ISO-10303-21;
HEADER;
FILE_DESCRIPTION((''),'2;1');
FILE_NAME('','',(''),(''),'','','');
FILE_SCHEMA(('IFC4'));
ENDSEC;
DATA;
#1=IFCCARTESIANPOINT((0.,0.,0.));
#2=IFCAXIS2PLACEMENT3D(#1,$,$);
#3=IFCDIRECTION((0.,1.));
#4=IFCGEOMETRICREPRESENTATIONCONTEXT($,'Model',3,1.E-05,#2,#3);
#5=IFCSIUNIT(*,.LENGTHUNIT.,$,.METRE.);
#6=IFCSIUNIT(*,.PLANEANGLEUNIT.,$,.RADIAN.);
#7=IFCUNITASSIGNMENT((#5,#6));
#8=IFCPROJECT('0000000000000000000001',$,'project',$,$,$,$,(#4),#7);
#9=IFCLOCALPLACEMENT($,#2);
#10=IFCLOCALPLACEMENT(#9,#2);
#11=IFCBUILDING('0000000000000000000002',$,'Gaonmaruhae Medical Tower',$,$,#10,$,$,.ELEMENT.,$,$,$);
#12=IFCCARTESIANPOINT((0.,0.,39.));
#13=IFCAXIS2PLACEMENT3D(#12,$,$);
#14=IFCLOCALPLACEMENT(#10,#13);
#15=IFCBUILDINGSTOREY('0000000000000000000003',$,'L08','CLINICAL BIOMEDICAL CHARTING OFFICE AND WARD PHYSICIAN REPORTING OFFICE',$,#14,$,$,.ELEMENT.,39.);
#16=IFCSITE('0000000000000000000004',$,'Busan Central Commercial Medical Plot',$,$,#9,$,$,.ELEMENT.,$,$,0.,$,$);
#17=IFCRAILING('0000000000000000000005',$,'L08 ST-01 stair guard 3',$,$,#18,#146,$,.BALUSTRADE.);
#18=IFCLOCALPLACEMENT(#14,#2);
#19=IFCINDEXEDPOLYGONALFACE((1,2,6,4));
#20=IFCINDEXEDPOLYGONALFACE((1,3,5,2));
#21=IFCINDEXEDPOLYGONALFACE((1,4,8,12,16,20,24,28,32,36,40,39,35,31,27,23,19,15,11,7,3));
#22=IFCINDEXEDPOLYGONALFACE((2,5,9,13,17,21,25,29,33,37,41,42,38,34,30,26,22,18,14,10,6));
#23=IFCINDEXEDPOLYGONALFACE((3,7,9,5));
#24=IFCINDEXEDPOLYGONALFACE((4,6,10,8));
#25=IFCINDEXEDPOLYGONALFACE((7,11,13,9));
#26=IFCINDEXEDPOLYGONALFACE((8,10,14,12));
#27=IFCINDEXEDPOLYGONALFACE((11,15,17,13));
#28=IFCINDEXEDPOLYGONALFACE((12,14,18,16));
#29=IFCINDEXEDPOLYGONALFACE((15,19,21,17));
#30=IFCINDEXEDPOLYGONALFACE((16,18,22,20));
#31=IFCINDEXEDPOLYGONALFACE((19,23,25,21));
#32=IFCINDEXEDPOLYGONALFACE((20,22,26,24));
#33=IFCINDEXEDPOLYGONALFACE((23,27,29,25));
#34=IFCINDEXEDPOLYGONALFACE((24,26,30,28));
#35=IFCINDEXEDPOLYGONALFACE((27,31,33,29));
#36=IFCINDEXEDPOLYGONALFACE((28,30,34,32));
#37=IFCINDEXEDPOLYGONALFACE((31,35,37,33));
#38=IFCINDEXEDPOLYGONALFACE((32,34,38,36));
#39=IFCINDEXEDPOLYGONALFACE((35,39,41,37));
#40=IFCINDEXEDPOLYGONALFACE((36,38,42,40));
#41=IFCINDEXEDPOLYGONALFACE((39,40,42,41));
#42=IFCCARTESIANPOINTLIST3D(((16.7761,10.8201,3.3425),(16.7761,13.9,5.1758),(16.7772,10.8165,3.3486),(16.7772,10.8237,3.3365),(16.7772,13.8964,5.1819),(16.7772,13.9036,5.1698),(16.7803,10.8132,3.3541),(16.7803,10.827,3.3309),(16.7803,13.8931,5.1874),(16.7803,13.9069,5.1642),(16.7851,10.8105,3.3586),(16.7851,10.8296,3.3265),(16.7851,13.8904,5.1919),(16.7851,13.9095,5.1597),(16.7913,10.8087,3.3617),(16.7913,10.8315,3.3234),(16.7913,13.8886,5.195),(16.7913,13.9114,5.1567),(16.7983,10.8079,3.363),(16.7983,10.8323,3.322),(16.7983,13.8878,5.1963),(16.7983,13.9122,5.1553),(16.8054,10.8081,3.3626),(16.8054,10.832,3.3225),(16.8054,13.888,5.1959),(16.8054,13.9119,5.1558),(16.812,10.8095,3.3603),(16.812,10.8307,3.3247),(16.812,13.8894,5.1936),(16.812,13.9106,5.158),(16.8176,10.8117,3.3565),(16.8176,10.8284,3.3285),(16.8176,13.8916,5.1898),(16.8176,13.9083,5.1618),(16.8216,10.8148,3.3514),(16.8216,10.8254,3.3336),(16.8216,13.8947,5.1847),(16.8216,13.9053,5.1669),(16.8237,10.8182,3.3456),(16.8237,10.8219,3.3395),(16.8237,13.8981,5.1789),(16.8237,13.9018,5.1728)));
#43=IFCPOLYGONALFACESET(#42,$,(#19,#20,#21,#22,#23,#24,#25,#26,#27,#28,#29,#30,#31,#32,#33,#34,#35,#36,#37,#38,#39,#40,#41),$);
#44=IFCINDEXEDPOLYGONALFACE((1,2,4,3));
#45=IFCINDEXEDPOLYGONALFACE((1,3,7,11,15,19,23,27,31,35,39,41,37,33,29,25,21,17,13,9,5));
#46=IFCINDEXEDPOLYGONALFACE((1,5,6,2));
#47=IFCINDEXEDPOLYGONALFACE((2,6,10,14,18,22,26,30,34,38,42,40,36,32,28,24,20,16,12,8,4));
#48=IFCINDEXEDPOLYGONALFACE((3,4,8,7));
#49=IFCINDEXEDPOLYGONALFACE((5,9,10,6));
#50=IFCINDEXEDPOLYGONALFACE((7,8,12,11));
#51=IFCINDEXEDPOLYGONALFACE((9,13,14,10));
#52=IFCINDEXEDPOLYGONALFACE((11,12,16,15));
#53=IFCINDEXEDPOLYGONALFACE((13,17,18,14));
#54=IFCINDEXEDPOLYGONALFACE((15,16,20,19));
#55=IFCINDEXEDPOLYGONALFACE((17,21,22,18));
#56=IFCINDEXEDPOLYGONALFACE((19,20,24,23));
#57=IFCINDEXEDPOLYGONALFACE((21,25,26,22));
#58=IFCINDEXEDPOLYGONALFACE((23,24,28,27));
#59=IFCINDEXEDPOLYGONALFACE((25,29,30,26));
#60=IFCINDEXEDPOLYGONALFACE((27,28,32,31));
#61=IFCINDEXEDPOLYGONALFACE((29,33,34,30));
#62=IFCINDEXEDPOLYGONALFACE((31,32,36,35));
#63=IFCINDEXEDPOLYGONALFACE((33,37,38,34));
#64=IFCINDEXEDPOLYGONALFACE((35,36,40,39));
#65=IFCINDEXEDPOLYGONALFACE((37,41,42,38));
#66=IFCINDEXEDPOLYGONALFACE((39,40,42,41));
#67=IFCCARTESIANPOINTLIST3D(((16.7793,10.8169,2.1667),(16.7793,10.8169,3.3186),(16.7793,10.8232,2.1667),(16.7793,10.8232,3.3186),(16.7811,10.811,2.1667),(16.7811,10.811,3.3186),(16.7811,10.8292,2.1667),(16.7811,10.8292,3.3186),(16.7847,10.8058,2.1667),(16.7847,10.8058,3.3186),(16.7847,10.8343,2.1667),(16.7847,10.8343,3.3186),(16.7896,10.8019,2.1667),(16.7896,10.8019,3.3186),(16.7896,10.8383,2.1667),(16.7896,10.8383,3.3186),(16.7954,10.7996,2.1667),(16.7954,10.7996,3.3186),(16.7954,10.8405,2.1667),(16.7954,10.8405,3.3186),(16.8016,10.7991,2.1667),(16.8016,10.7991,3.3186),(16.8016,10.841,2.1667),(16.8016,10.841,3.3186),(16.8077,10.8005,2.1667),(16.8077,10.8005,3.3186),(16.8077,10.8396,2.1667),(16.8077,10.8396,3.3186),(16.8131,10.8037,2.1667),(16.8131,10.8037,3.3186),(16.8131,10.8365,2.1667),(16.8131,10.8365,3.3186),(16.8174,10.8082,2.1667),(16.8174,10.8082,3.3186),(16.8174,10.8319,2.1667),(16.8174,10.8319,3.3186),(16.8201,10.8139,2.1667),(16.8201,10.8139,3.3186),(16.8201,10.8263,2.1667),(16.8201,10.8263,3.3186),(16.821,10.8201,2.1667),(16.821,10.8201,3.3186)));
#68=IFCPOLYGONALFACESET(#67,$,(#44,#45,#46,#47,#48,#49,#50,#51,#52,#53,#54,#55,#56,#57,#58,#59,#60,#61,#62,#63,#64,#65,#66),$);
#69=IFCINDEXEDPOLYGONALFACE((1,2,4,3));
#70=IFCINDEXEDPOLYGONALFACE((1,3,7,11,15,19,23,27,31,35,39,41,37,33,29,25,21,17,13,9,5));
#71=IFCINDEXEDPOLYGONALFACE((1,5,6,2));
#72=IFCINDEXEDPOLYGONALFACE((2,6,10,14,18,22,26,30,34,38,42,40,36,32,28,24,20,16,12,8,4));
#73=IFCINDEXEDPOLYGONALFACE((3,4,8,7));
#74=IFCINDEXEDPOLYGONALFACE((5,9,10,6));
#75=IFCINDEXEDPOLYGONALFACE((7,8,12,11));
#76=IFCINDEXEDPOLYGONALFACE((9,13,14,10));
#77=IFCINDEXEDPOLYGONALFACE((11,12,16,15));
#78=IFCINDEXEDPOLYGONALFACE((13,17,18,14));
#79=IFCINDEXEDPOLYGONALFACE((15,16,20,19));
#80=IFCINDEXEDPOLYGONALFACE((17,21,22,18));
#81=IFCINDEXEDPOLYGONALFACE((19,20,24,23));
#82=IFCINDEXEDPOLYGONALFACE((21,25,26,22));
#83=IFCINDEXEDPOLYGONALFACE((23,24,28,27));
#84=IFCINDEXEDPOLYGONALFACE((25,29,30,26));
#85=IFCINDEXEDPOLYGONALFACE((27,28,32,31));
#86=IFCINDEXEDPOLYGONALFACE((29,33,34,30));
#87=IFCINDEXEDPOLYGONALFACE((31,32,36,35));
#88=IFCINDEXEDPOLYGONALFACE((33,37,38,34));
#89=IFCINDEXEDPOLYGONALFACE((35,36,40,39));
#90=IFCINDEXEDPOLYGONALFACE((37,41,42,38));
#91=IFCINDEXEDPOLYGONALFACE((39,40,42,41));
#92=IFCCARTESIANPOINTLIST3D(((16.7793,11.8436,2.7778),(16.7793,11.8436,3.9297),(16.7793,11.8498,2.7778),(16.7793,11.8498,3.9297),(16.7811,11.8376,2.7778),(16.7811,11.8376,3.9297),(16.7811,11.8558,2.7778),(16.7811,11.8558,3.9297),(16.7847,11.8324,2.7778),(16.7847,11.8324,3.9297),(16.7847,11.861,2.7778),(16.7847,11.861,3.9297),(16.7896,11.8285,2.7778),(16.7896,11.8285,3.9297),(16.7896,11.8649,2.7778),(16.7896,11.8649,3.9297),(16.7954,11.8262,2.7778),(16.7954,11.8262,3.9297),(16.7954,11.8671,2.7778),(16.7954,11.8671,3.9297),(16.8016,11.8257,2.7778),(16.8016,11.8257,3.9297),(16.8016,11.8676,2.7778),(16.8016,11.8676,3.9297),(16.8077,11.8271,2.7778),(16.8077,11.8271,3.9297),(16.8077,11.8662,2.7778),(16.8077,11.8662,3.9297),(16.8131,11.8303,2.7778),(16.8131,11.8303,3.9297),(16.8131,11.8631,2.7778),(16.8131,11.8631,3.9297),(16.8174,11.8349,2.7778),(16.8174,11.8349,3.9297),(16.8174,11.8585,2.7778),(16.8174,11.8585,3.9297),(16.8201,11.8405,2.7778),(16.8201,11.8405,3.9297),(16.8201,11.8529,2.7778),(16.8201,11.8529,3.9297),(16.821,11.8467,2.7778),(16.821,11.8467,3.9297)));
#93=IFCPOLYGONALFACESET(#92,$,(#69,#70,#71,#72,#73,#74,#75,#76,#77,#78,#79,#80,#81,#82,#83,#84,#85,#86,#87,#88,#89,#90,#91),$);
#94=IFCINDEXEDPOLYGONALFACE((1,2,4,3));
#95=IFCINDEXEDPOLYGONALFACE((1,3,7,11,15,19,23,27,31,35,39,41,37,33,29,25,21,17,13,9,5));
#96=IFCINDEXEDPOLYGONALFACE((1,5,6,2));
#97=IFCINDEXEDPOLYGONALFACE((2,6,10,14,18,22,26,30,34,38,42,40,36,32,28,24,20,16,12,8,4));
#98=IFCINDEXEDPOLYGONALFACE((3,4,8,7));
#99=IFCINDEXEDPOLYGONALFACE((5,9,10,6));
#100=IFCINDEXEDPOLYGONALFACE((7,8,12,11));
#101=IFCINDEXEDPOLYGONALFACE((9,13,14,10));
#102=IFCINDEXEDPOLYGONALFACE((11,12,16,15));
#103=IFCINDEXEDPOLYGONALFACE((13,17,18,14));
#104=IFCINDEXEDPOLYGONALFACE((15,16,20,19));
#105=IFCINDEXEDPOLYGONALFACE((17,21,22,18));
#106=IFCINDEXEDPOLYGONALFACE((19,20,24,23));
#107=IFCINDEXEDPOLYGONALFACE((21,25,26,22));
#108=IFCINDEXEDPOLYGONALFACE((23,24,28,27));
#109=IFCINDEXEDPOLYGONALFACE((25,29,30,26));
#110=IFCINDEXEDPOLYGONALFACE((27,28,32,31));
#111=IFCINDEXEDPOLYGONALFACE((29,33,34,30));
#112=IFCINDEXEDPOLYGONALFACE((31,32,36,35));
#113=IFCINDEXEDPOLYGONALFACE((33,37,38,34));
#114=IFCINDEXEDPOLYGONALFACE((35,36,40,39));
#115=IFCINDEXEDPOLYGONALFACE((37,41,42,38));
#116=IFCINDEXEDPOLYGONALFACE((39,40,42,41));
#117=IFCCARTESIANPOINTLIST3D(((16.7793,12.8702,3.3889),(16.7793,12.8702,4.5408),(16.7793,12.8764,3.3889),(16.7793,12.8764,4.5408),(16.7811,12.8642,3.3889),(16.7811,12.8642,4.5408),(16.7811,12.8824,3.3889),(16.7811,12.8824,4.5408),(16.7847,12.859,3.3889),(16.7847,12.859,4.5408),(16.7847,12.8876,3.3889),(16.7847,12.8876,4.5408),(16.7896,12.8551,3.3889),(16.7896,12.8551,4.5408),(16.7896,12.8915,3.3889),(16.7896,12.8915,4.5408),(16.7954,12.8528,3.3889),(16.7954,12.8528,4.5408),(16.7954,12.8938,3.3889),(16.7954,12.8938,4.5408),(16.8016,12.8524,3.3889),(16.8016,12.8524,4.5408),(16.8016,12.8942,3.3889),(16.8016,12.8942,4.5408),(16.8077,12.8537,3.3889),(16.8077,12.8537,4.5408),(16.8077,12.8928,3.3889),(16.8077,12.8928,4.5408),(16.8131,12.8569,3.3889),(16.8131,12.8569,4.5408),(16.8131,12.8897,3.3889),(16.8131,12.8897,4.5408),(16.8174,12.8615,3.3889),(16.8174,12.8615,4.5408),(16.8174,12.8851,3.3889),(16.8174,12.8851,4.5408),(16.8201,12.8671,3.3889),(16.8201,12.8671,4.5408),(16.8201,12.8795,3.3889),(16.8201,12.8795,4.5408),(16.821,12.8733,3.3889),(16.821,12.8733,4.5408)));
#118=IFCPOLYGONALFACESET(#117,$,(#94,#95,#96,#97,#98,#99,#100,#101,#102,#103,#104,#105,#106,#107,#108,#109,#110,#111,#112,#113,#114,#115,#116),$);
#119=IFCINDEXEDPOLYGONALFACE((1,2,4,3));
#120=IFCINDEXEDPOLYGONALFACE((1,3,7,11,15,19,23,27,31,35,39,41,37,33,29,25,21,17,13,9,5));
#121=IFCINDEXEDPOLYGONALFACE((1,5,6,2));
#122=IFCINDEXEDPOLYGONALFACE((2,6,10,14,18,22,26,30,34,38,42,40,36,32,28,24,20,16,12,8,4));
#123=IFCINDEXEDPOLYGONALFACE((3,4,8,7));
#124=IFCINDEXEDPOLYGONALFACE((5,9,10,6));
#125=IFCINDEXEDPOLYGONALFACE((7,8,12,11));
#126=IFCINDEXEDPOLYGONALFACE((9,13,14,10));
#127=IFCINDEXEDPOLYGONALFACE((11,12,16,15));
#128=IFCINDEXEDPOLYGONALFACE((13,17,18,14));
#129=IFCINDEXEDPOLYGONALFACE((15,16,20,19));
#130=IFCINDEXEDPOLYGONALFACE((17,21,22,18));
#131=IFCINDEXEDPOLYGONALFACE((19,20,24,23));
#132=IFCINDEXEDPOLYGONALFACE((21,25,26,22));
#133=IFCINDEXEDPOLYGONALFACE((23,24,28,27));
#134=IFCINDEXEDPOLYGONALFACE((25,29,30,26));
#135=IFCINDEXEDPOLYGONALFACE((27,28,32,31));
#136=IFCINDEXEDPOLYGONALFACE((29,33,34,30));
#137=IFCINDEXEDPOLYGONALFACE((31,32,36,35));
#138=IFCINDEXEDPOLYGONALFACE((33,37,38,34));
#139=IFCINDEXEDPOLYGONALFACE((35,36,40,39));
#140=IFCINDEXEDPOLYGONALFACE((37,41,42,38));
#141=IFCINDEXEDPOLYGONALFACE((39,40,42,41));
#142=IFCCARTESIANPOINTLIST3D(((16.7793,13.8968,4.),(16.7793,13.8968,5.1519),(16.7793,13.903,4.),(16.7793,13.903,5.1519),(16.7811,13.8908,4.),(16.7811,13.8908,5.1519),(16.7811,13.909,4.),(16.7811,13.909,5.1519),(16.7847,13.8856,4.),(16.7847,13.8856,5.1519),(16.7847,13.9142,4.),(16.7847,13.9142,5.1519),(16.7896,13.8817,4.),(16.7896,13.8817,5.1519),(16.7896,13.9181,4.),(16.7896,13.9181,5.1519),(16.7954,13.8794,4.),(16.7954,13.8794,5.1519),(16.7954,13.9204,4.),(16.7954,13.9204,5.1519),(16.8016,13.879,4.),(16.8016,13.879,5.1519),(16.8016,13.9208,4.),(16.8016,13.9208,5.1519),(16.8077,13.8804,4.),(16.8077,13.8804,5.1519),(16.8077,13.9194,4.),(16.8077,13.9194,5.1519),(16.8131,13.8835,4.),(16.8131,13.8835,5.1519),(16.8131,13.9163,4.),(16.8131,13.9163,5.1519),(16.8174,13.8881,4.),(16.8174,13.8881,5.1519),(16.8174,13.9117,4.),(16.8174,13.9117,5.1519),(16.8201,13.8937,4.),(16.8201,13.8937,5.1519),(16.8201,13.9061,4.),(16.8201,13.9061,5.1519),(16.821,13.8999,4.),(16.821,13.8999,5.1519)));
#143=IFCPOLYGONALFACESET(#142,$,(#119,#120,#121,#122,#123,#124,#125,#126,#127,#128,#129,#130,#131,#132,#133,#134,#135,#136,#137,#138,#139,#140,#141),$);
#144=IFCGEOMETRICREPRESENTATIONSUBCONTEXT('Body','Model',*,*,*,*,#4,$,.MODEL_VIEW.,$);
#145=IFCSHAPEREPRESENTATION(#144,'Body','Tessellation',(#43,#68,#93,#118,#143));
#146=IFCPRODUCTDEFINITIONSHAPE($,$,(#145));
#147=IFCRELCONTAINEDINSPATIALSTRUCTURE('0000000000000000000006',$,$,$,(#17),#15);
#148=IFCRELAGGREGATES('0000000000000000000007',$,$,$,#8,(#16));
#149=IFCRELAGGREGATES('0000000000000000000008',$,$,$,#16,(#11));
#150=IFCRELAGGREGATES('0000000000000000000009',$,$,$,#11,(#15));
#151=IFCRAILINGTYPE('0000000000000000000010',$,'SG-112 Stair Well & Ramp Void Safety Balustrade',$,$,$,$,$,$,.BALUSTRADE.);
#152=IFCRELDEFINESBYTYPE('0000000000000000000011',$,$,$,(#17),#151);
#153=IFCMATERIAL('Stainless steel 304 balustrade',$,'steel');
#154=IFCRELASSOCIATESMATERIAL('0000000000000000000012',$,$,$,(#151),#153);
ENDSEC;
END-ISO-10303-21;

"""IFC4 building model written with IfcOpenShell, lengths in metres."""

from ifc_helpers import new_model, si_unit, direction, frame, origin, origin_2d, place, context, subcontext, project, spatial, circle, extrude, material, type_object, element, save


model = new_model("IFC4")

# Units and contexts
model_context = context("Model", 3, precision=1e-05, world=origin(), true_north=direction((0.0, 1.0)))
body_context = subcontext(model_context, "Body", "Model", "MODEL_VIEW")
ifc_project = project(units=[si_unit("LENGTHUNIT", "METRE"), si_unit("PLANEANGLEUNIT", "RADIAN")], contexts=[model_context])

# Site, building, storey
site_placement = place(None, origin())
site = spatial("IfcSite", under=ifc_project, at=site_placement, Name="Busan Central Commercial Medical Plot", CompositionType="ELEMENT", RefElevation=0.0)
building_placement = place(site_placement, origin())
building = spatial("IfcBuilding", under=site, at=building_placement, Name="Gaonmaruhae Medical Tower", CompositionType="ELEMENT")
storey_placement = place(building_placement, frame((0.0, 0.0, 39.0)))
storey = spatial("IfcBuildingStorey", under=building, at=storey_placement, Name="L08", Description="CLINICAL BIOMEDICAL CHARTING OFFICE AND WARD PHYSICIAN REPORTING OFFICE", CompositionType="ELEMENT", Elevation=39.0)

# Railing
ifc_material_1 = material(Name="Stainless steel 304 balustrade", Category="steel")
railing_type_1 = type_object("IfcRailingType", Name="SG-112 Stair Well & Ramp Void Safety Balustrade", PredefinedType="BALUSTRADE", material=ifc_material_1)
railing_1_placement = place(storey_placement, frame((16.8, 10.8201, 2.1667)))
element("IfcRailing", 1, at=railing_1_placement, inside=storey, type_object=railing_type_1, Name="L08 ST-01 stair guard 3", PredefinedType="BALUSTRADE", context=body_context, shape_type="SweptSolid", body=[
    extrude(circle(Radius=0.0239, at=origin_2d()), frame((0.0, 0.0, 1.1758), z_axis=(0.0, 0.859291, 0.511487), x_axis=(-1.0, 0.0, 0.0)), (0.0, 0.0, 1.0), 3.5842),
    extrude(circle(Radius=0.021, at=origin_2d()), origin(), (0.0, 0.0, 1.0), 1.1519),
    extrude(circle(Radius=0.021, at=origin_2d()), frame((0.0, 1.0266, 0.6111)), (0.0, 0.0, 1.0), 1.1519),
    extrude(circle(Radius=0.021, at=origin_2d()), frame((0.0, 2.0532, 1.2222)), (0.0, 0.0, 1.0), 1.1519),
    extrude(circle(Radius=0.021, at=origin_2d()), frame((0.0, 3.0798, 1.8333)), (0.0, 0.0, 1.0), 1.1519),
])

save(model, "model.ifc")
